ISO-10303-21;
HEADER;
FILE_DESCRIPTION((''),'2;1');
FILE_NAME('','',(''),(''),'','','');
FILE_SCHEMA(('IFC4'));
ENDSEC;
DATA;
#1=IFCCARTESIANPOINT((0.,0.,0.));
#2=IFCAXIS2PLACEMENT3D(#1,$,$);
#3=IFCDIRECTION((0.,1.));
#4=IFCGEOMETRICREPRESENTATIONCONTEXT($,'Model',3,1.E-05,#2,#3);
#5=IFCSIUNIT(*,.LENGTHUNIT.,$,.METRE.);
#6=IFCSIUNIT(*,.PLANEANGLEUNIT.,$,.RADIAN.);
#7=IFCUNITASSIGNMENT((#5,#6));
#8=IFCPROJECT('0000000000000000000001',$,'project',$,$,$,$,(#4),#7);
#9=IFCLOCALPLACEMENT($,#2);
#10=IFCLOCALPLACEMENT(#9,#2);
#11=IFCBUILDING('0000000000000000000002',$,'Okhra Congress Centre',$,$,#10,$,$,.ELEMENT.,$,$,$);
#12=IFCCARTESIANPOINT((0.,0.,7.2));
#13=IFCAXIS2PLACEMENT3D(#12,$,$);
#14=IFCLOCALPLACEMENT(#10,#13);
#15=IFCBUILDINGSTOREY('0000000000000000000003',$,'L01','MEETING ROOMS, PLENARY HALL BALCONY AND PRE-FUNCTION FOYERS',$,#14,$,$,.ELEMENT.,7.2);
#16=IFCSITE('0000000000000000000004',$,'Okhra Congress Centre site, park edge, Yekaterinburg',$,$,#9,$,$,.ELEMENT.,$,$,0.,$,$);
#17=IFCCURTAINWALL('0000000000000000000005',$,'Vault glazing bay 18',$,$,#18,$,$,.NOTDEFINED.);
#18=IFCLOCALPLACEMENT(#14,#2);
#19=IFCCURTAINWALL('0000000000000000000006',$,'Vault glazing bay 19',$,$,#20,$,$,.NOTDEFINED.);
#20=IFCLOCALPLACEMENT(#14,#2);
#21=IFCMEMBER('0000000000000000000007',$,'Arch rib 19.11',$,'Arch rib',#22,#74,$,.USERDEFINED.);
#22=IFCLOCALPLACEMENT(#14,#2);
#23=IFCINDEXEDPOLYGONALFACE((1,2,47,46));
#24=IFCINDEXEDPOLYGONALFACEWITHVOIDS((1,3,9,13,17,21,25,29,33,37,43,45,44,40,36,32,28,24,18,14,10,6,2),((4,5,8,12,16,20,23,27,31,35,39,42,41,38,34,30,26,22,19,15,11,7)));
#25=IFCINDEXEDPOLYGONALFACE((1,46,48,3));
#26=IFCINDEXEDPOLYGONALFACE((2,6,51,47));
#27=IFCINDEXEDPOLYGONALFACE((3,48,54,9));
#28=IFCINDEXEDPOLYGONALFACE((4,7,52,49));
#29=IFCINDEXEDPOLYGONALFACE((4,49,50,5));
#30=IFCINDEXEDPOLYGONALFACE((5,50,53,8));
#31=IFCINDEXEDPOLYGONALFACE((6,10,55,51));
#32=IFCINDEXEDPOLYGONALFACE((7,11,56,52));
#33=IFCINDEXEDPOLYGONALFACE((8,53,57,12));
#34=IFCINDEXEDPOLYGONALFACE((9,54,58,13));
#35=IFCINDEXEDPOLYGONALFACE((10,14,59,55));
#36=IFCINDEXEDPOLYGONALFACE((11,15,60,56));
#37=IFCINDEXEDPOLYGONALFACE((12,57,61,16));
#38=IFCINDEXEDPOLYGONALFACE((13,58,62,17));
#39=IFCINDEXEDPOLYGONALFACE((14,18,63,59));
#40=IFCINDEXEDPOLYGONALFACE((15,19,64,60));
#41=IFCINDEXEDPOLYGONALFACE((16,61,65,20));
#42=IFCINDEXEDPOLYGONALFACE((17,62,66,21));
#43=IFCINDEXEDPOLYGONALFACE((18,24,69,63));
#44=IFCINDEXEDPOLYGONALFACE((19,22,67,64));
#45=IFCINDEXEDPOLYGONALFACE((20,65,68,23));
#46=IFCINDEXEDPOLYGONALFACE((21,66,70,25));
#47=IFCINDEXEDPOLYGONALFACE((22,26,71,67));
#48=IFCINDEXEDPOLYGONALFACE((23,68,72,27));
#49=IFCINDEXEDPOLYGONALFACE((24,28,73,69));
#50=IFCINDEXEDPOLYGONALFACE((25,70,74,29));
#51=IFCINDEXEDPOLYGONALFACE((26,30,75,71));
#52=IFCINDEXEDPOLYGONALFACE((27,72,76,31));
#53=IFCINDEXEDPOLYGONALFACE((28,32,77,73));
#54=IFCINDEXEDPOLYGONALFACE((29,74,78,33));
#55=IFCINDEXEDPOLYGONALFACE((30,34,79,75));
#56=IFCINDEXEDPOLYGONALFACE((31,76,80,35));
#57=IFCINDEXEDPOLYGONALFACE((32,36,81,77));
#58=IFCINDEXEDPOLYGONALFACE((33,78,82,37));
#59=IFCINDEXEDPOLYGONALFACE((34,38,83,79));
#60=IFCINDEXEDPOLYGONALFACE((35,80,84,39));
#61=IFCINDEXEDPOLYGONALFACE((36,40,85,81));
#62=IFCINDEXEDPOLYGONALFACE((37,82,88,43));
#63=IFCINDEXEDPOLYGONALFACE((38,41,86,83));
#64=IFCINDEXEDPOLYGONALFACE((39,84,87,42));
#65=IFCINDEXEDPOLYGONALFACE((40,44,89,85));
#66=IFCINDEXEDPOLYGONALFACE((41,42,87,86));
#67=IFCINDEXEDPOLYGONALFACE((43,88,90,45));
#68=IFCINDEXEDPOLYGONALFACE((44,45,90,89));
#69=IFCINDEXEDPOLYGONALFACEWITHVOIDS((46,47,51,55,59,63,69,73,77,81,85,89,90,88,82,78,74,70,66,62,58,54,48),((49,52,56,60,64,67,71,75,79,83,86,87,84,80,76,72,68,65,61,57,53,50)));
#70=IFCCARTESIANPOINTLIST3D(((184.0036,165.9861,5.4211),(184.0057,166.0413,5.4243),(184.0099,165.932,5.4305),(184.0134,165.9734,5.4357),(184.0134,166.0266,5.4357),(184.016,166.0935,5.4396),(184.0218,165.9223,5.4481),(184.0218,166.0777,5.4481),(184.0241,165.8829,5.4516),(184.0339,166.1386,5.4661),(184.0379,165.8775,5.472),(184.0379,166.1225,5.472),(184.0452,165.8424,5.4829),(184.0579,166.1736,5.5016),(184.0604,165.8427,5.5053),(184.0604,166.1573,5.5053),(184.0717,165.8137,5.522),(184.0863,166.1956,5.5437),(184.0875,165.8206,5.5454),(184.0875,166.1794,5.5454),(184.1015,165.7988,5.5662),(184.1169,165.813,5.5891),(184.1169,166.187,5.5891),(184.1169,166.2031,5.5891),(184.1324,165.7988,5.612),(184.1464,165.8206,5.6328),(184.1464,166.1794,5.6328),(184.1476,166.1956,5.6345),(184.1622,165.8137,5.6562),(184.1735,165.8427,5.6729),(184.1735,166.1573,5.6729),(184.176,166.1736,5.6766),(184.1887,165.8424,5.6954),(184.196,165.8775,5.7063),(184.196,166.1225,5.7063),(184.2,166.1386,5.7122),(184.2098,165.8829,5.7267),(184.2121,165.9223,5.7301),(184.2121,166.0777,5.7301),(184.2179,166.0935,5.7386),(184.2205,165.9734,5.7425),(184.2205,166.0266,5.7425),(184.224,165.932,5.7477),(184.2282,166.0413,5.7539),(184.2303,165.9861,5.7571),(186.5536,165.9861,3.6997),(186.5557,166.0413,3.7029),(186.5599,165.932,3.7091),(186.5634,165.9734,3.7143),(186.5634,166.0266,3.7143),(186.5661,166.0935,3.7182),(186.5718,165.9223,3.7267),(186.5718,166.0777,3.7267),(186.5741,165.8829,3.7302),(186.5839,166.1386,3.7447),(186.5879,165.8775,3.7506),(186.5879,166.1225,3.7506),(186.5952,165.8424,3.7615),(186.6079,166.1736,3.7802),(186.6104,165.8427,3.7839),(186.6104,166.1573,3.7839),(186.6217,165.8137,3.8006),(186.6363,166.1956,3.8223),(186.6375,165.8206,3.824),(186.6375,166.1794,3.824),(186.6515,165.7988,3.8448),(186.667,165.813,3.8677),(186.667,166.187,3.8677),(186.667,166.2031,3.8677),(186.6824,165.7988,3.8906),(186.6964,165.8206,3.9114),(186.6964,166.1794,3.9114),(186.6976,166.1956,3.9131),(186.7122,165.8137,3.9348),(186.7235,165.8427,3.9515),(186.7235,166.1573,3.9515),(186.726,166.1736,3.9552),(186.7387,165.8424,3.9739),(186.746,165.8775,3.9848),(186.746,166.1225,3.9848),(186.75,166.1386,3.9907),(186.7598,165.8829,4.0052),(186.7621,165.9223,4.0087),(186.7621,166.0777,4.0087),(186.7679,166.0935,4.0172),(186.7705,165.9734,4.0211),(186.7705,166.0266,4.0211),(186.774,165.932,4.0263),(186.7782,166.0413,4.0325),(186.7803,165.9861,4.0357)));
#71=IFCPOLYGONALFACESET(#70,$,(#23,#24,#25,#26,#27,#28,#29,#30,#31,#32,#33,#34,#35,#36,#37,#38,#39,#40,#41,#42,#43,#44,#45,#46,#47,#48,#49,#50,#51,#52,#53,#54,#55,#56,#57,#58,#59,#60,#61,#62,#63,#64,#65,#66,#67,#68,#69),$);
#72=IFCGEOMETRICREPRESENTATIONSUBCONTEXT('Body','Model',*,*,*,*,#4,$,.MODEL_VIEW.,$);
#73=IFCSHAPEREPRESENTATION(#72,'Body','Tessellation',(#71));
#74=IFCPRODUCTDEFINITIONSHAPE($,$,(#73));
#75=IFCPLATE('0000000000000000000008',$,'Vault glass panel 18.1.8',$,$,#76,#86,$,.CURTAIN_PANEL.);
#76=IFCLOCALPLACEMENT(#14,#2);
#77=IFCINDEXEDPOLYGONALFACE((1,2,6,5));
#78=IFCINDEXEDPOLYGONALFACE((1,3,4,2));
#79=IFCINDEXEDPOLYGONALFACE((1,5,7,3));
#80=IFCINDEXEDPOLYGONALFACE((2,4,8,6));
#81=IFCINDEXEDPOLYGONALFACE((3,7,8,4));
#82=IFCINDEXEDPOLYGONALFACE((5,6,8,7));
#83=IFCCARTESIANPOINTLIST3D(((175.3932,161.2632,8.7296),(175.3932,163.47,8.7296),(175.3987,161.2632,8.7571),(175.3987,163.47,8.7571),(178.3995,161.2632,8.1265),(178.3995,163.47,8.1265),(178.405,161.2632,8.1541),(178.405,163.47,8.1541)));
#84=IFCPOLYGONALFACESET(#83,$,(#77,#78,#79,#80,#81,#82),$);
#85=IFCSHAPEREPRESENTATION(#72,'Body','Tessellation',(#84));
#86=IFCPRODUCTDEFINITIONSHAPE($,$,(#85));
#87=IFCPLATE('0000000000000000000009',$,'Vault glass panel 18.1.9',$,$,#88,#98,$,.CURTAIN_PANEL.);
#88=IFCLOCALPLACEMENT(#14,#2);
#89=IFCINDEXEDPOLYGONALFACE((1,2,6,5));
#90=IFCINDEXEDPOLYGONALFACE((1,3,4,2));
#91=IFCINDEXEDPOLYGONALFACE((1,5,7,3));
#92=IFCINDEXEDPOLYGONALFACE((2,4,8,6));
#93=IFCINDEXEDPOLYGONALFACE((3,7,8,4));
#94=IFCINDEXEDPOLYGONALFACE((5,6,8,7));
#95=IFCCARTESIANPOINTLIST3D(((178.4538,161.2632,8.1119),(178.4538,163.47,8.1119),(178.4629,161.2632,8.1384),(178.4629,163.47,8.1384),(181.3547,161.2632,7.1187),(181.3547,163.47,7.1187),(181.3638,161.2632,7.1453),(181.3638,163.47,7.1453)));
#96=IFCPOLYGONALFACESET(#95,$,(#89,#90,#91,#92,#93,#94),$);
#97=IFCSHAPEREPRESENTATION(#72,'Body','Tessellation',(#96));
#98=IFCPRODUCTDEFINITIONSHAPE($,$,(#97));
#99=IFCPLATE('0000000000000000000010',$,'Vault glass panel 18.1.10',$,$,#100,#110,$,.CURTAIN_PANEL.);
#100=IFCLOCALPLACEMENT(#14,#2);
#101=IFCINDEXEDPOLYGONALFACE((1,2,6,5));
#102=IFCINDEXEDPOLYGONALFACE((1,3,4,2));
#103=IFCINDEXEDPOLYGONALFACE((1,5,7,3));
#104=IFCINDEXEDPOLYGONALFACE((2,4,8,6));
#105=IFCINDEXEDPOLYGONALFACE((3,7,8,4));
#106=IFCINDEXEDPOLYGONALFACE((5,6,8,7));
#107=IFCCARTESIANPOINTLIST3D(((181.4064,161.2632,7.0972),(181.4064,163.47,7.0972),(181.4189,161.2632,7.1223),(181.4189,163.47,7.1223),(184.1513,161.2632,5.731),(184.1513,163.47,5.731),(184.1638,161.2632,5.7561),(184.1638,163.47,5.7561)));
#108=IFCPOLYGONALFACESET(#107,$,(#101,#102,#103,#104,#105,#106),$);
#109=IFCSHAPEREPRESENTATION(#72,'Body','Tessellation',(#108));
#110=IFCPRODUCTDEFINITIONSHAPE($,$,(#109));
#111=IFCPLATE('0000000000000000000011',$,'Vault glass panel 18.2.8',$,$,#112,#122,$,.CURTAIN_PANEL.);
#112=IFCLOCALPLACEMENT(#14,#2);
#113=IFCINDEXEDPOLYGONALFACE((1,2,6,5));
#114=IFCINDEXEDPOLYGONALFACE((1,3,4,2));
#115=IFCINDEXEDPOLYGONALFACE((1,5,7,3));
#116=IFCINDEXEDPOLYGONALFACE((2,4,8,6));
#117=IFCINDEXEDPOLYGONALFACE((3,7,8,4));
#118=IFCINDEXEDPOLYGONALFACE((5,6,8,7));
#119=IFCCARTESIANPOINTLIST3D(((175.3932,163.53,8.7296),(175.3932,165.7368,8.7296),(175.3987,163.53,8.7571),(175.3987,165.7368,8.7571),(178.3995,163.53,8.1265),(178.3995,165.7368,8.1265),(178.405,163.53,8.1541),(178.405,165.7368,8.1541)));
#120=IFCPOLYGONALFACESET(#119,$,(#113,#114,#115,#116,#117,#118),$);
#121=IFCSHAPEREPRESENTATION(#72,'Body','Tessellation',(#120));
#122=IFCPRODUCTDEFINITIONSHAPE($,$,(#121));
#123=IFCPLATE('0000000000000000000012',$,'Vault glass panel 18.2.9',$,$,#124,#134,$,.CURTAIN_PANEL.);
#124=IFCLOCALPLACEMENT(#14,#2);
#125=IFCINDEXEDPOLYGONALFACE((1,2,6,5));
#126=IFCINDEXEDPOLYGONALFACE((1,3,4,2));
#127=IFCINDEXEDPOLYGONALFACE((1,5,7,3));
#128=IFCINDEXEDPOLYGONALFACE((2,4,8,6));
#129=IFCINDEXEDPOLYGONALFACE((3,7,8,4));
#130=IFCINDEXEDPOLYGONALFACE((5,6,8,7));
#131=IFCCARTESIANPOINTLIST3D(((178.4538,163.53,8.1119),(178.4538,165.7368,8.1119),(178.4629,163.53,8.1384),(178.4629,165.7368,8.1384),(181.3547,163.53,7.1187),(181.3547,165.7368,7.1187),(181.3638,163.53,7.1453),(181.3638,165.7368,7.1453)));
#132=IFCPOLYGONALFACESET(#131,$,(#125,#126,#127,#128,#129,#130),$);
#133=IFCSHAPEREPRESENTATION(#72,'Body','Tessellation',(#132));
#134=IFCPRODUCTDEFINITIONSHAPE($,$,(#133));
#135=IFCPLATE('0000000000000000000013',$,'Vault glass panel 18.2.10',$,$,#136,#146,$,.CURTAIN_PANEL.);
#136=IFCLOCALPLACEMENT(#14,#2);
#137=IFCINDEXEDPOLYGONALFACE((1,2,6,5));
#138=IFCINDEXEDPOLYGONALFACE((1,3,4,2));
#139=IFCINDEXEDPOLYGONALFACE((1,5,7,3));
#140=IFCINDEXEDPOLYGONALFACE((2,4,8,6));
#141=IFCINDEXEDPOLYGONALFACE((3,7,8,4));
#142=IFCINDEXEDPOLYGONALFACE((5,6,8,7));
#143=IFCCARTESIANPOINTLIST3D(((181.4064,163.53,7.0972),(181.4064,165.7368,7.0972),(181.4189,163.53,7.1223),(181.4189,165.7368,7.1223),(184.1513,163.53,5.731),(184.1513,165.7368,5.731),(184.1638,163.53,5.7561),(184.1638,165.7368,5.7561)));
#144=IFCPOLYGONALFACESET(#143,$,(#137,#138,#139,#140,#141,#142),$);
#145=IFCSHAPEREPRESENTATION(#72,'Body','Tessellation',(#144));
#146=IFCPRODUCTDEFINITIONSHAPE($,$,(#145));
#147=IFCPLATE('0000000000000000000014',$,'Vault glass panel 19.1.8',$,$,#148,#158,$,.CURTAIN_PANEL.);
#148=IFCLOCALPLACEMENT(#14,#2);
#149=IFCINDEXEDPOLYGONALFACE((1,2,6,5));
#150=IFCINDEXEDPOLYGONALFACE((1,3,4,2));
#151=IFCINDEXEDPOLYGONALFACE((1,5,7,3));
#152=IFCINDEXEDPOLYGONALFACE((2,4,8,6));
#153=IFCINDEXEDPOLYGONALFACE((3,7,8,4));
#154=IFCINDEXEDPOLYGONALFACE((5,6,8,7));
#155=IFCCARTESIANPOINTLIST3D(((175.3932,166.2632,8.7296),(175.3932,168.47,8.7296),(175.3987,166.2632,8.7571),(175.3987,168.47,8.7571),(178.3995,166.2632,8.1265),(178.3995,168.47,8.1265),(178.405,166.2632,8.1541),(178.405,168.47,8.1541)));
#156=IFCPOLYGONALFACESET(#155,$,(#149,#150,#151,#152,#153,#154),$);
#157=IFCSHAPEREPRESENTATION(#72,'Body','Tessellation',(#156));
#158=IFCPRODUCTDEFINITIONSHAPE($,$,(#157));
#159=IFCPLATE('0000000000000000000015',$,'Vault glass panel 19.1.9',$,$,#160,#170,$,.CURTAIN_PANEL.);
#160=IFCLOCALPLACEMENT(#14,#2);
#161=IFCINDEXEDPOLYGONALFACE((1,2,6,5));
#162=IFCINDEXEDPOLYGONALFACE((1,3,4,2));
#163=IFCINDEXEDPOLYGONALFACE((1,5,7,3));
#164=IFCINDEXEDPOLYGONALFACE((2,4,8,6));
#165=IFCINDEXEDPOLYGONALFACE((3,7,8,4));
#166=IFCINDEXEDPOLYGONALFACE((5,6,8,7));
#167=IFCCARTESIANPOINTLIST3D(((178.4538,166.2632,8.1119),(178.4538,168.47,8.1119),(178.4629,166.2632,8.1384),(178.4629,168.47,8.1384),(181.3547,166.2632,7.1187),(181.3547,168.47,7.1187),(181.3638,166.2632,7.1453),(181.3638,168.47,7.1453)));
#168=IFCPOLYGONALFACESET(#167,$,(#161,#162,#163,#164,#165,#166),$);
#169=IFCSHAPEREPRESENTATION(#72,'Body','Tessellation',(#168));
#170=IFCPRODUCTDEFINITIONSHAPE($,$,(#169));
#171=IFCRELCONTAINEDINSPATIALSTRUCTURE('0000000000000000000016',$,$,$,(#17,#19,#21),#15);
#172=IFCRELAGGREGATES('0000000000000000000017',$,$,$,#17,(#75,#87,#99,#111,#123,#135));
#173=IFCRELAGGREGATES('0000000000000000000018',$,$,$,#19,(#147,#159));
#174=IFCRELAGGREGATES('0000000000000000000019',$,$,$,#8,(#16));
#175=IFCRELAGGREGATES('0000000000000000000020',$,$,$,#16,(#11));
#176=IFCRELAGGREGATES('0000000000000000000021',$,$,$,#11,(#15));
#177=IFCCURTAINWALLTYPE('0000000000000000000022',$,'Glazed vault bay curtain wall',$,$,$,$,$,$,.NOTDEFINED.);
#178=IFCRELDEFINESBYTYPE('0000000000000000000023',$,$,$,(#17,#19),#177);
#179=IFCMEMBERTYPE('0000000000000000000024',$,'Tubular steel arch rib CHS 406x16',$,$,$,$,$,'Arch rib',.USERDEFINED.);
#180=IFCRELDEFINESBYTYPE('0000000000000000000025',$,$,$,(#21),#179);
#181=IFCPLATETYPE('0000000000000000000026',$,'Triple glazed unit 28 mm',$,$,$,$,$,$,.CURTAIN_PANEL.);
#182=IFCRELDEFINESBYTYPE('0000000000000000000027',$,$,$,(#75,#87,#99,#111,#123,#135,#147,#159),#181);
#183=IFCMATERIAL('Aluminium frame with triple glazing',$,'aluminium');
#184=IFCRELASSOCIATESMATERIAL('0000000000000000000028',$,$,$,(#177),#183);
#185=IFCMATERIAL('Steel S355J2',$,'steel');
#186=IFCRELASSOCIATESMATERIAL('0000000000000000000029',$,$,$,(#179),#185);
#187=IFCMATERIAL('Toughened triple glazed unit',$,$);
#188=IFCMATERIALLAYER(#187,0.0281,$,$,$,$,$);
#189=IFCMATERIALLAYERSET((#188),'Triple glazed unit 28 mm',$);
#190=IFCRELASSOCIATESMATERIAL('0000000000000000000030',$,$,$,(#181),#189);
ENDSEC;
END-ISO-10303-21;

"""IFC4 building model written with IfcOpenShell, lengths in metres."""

from ifc_helpers import new_model, si_unit, direction, frame, origin, origin_2d, place, context, subcontext, project, spatial, polyline, hollow_circle, outline, extrude, material, layer, layer_set, material_profile, profile_set, type_object, element, aggregate, save


model = new_model("IFC4")

# Units and contexts
model_context = context("Model", 3, precision=1e-05, world=origin(), true_north=direction((0.0, 1.0)))
body_context = subcontext(model_context, "Body", "Model", "MODEL_VIEW")
ifc_project = project(units=[si_unit("LENGTHUNIT", "METRE"), si_unit("PLANEANGLEUNIT", "RADIAN")], contexts=[model_context])

# Site, building, storey
site_placement = place(None, origin())
site = spatial("IfcSite", under=ifc_project, at=site_placement, Name="Okhra Congress Centre site, park edge, Yekaterinburg", CompositionType="ELEMENT", RefElevation=0.0)
building_placement = place(site_placement, origin())
building = spatial("IfcBuilding", under=site, at=building_placement, Name="Okhra Congress Centre", CompositionType="ELEMENT")
storey_placement = place(building_placement, frame((0.0, 0.0, 7.2)))
storey = spatial("IfcBuildingStorey", under=building, at=storey_placement, Name="L01", Description="MEETING ROOMS, PLENARY HALL BALCONY AND PRE-FUNCTION FOYERS", CompositionType="ELEMENT", Elevation=7.2)

# Curtain wall
ifc_material_1 = material(Name="Aluminium frame with triple glazing", Category="aluminium")
curtain_wall_type = type_object("IfcCurtainWallType", Name="Glazed vault bay curtain wall", PredefinedType="NOTDEFINED", material=ifc_material_1)
curtain_wall_1_placement = place(storey_placement, origin())
curtain_wall_1 = element("IfcCurtainWall", 1, at=curtain_wall_1_placement, inside=storey, type_object=curtain_wall_type, Name="Vault glazing bay 18", PredefinedType="NOTDEFINED")

# Curtain wall
curtain_wall_2_placement = place(storey_placement, origin())
curtain_wall_2 = element("IfcCurtainWall", 2, at=curtain_wall_2_placement, inside=storey, type_object=curtain_wall_type, Name="Vault glazing bay 19", PredefinedType="NOTDEFINED")

# Member
ifc_material_2 = material(Name="Steel S355J2", Category="steel")
ifc_material_profile_1 = material_profile(ifc_material_2, hollow_circle(Radius=0.2031, WallThickness=0.0161, at=origin_2d()), Name="CHS 406.4x16")
ifc_profile_set_1 = profile_set([ifc_material_profile_1], Name="Steel S355J2")
member_type_1 = type_object("IfcMemberType", Name="Tubular steel arch rib CHS 406x16", ElementType="Arch rib", PredefinedType="USERDEFINED", material=ifc_profile_set_1)
member_1_placement = place(storey_placement, frame((184.1169, 166.0, 5.5891), z_axis=(0.828826, 0.0, -0.559507), x_axis=(0.0, 1.0, 0.0)))
element("IfcMember", 3, at=member_1_placement, inside=storey, type_object=member_type_1, Name="Arch rib 19.11", ObjectType="Arch rib", PredefinedType="USERDEFINED", context=body_context, shape_type="SweptSolid", body=[
    extrude(hollow_circle(Radius=0.2031, WallThickness=0.0161, at=origin_2d()), origin(), (0.0, 0.0, 1.0), 3.0767),
])

# Plates
ifc_material_3 = material(Name="Toughened triple glazed unit")
ifc_layer = layer(ifc_material_3, 0.0281)
ifc_layer_set = layer_set([ifc_layer], Name="Triple glazed unit 28 mm")
plate_type = type_object("IfcPlateType", Name="Triple glazed unit 28 mm", PredefinedType="CURTAIN_PANEL", material=ifc_layer_set)
plate_1_placement = place(storey_placement, frame((175.3987, 161.2632, 8.7571), z_axis=(0.196667, 0.0, 0.98047), x_axis=(0.98047, 0.0, -0.196667)))
plate_1 = element("IfcPlate", 4, at=plate_1_placement, type_object=plate_type, Name="Vault glass panel 18.1.8", PredefinedType="CURTAIN_PANEL", context=body_context, shape_type="SweptSolid", body=[
    extrude(outline(polyline([(0.0, 0.0), (3.0662, 0.0), (3.0662, 2.2068), (0.0, 2.2068), (0.0, 0.0)])), origin(), (0.0, 0.0, -1.0), 0.0281),
])
plate_2_placement = place(storey_placement, frame((178.4629, 161.2632, 8.1384), z_axis=(0.323909, 0.0, 0.946088), x_axis=(0.946088, 0.0, -0.323909)))
plate_2 = element("IfcPlate", 5, at=plate_2_placement, type_object=plate_type, Name="Vault glass panel 18.1.9", PredefinedType="CURTAIN_PANEL", context=body_context, shape_type="SweptSolid", body=[
    extrude(outline(polyline([(0.0, 0.0), (3.0662, 0.0), (3.0662, 2.2068), (0.0, 2.2068), (0.0, 0.0)])), origin(), (0.0, 0.0, -1.0), 0.0281),
])
plate_3_placement = place(storey_placement, frame((181.4189, 161.2632, 7.1223), z_axis=(0.445588, 0.0, 0.895238), x_axis=(0.895238, 0.0, -0.445588)))
plate_3 = element("IfcPlate", 6, at=plate_3_placement, type_object=plate_type, Name="Vault glass panel 18.1.10", PredefinedType="CURTAIN_PANEL", context=body_context, shape_type="SweptSolid", body=[
    extrude(outline(polyline([(0.0, 0.0), (3.0661, 0.0), (3.0661, 2.2068), (0.0, 2.2068), (0.0, 0.0)])), origin(), (0.0, 0.0, -1.0), 0.0281),
])
plate_4_placement = place(storey_placement, frame((175.3987, 163.53, 8.7571), z_axis=(0.196667, 0.0, 0.98047), x_axis=(0.98047, 0.0, -0.196667)))
plate_4 = element("IfcPlate", 7, at=plate_4_placement, type_object=plate_type, Name="Vault glass panel 18.2.8", PredefinedType="CURTAIN_PANEL", context=body_context, shape_type="SweptSolid", body=[
    extrude(outline(polyline([(0.0, 0.0), (3.0662, 0.0), (3.0662, 2.2068), (0.0, 2.2068), (0.0, 0.0)])), origin(), (0.0, 0.0, -1.0), 0.0281),
])
plate_5_placement = place(storey_placement, frame((178.4629, 163.53, 8.1384), z_axis=(0.323909, 0.0, 0.946088), x_axis=(0.946088, 0.0, -0.323909)))
plate_5 = element("IfcPlate", 8, at=plate_5_placement, type_object=plate_type, Name="Vault glass panel 18.2.9", PredefinedType="CURTAIN_PANEL", context=body_context, shape_type="SweptSolid", body=[
    extrude(outline(polyline([(0.0, 0.0), (3.0662, 0.0), (3.0662, 2.2068), (0.0, 2.2068), (0.0, 0.0)])), origin(), (0.0, 0.0, -1.0), 0.0281),
])
plate_6_placement = place(storey_placement, frame((181.4189, 163.53, 7.1223), z_axis=(0.445588, 0.0, 0.895238), x_axis=(0.895238, 0.0, -0.445588)))
plate_6 = element("IfcPlate", 9, at=plate_6_placement, type_object=plate_type, Name="Vault glass panel 18.2.10", PredefinedType="CURTAIN_PANEL", context=body_context, shape_type="SweptSolid", body=[
    extrude(outline(polyline([(0.0, 0.0), (3.0661, 0.0), (3.0661, 2.2068), (0.0, 2.2068), (0.0, 0.0)])), origin(), (0.0, 0.0, -1.0), 0.0281),
])
aggregate(curtain_wall_1, [plate_1, plate_2, plate_3, plate_4, plate_5, plate_6])
plate_7_placement = place(storey_placement, frame((175.3987, 166.2632, 8.7571), z_axis=(0.196667, 0.0, 0.98047), x_axis=(0.98047, 0.0, -0.196667)))
plate_7 = element("IfcPlate", 10, at=plate_7_placement, type_object=plate_type, Name="Vault glass panel 19.1.8", PredefinedType="CURTAIN_PANEL", context=body_context, shape_type="SweptSolid", body=[
    extrude(outline(polyline([(0.0, 0.0), (3.0662, 0.0), (3.0662, 2.2068), (0.0, 2.2068), (0.0, 0.0)])), origin(), (0.0, 0.0, -1.0), 0.0281),
])
plate_8_placement = place(storey_placement, frame((178.4629, 166.2632, 8.1384), z_axis=(0.323909, 0.0, 0.946088), x_axis=(0.946088, 0.0, -0.323909)))
plate_8 = element("IfcPlate", 11, at=plate_8_placement, type_object=plate_type, Name="Vault glass panel 19.1.9", PredefinedType="CURTAIN_PANEL", context=body_context, shape_type="SweptSolid", body=[
    extrude(outline(polyline([(0.0, 0.0), (3.0662, 0.0), (3.0662, 2.2068), (0.0, 2.2068), (0.0, 0.0)])), origin(), (0.0, 0.0, -1.0), 0.0281),
])
aggregate(curtain_wall_2, [plate_7, plate_8])

save(model, "model.ifc")
